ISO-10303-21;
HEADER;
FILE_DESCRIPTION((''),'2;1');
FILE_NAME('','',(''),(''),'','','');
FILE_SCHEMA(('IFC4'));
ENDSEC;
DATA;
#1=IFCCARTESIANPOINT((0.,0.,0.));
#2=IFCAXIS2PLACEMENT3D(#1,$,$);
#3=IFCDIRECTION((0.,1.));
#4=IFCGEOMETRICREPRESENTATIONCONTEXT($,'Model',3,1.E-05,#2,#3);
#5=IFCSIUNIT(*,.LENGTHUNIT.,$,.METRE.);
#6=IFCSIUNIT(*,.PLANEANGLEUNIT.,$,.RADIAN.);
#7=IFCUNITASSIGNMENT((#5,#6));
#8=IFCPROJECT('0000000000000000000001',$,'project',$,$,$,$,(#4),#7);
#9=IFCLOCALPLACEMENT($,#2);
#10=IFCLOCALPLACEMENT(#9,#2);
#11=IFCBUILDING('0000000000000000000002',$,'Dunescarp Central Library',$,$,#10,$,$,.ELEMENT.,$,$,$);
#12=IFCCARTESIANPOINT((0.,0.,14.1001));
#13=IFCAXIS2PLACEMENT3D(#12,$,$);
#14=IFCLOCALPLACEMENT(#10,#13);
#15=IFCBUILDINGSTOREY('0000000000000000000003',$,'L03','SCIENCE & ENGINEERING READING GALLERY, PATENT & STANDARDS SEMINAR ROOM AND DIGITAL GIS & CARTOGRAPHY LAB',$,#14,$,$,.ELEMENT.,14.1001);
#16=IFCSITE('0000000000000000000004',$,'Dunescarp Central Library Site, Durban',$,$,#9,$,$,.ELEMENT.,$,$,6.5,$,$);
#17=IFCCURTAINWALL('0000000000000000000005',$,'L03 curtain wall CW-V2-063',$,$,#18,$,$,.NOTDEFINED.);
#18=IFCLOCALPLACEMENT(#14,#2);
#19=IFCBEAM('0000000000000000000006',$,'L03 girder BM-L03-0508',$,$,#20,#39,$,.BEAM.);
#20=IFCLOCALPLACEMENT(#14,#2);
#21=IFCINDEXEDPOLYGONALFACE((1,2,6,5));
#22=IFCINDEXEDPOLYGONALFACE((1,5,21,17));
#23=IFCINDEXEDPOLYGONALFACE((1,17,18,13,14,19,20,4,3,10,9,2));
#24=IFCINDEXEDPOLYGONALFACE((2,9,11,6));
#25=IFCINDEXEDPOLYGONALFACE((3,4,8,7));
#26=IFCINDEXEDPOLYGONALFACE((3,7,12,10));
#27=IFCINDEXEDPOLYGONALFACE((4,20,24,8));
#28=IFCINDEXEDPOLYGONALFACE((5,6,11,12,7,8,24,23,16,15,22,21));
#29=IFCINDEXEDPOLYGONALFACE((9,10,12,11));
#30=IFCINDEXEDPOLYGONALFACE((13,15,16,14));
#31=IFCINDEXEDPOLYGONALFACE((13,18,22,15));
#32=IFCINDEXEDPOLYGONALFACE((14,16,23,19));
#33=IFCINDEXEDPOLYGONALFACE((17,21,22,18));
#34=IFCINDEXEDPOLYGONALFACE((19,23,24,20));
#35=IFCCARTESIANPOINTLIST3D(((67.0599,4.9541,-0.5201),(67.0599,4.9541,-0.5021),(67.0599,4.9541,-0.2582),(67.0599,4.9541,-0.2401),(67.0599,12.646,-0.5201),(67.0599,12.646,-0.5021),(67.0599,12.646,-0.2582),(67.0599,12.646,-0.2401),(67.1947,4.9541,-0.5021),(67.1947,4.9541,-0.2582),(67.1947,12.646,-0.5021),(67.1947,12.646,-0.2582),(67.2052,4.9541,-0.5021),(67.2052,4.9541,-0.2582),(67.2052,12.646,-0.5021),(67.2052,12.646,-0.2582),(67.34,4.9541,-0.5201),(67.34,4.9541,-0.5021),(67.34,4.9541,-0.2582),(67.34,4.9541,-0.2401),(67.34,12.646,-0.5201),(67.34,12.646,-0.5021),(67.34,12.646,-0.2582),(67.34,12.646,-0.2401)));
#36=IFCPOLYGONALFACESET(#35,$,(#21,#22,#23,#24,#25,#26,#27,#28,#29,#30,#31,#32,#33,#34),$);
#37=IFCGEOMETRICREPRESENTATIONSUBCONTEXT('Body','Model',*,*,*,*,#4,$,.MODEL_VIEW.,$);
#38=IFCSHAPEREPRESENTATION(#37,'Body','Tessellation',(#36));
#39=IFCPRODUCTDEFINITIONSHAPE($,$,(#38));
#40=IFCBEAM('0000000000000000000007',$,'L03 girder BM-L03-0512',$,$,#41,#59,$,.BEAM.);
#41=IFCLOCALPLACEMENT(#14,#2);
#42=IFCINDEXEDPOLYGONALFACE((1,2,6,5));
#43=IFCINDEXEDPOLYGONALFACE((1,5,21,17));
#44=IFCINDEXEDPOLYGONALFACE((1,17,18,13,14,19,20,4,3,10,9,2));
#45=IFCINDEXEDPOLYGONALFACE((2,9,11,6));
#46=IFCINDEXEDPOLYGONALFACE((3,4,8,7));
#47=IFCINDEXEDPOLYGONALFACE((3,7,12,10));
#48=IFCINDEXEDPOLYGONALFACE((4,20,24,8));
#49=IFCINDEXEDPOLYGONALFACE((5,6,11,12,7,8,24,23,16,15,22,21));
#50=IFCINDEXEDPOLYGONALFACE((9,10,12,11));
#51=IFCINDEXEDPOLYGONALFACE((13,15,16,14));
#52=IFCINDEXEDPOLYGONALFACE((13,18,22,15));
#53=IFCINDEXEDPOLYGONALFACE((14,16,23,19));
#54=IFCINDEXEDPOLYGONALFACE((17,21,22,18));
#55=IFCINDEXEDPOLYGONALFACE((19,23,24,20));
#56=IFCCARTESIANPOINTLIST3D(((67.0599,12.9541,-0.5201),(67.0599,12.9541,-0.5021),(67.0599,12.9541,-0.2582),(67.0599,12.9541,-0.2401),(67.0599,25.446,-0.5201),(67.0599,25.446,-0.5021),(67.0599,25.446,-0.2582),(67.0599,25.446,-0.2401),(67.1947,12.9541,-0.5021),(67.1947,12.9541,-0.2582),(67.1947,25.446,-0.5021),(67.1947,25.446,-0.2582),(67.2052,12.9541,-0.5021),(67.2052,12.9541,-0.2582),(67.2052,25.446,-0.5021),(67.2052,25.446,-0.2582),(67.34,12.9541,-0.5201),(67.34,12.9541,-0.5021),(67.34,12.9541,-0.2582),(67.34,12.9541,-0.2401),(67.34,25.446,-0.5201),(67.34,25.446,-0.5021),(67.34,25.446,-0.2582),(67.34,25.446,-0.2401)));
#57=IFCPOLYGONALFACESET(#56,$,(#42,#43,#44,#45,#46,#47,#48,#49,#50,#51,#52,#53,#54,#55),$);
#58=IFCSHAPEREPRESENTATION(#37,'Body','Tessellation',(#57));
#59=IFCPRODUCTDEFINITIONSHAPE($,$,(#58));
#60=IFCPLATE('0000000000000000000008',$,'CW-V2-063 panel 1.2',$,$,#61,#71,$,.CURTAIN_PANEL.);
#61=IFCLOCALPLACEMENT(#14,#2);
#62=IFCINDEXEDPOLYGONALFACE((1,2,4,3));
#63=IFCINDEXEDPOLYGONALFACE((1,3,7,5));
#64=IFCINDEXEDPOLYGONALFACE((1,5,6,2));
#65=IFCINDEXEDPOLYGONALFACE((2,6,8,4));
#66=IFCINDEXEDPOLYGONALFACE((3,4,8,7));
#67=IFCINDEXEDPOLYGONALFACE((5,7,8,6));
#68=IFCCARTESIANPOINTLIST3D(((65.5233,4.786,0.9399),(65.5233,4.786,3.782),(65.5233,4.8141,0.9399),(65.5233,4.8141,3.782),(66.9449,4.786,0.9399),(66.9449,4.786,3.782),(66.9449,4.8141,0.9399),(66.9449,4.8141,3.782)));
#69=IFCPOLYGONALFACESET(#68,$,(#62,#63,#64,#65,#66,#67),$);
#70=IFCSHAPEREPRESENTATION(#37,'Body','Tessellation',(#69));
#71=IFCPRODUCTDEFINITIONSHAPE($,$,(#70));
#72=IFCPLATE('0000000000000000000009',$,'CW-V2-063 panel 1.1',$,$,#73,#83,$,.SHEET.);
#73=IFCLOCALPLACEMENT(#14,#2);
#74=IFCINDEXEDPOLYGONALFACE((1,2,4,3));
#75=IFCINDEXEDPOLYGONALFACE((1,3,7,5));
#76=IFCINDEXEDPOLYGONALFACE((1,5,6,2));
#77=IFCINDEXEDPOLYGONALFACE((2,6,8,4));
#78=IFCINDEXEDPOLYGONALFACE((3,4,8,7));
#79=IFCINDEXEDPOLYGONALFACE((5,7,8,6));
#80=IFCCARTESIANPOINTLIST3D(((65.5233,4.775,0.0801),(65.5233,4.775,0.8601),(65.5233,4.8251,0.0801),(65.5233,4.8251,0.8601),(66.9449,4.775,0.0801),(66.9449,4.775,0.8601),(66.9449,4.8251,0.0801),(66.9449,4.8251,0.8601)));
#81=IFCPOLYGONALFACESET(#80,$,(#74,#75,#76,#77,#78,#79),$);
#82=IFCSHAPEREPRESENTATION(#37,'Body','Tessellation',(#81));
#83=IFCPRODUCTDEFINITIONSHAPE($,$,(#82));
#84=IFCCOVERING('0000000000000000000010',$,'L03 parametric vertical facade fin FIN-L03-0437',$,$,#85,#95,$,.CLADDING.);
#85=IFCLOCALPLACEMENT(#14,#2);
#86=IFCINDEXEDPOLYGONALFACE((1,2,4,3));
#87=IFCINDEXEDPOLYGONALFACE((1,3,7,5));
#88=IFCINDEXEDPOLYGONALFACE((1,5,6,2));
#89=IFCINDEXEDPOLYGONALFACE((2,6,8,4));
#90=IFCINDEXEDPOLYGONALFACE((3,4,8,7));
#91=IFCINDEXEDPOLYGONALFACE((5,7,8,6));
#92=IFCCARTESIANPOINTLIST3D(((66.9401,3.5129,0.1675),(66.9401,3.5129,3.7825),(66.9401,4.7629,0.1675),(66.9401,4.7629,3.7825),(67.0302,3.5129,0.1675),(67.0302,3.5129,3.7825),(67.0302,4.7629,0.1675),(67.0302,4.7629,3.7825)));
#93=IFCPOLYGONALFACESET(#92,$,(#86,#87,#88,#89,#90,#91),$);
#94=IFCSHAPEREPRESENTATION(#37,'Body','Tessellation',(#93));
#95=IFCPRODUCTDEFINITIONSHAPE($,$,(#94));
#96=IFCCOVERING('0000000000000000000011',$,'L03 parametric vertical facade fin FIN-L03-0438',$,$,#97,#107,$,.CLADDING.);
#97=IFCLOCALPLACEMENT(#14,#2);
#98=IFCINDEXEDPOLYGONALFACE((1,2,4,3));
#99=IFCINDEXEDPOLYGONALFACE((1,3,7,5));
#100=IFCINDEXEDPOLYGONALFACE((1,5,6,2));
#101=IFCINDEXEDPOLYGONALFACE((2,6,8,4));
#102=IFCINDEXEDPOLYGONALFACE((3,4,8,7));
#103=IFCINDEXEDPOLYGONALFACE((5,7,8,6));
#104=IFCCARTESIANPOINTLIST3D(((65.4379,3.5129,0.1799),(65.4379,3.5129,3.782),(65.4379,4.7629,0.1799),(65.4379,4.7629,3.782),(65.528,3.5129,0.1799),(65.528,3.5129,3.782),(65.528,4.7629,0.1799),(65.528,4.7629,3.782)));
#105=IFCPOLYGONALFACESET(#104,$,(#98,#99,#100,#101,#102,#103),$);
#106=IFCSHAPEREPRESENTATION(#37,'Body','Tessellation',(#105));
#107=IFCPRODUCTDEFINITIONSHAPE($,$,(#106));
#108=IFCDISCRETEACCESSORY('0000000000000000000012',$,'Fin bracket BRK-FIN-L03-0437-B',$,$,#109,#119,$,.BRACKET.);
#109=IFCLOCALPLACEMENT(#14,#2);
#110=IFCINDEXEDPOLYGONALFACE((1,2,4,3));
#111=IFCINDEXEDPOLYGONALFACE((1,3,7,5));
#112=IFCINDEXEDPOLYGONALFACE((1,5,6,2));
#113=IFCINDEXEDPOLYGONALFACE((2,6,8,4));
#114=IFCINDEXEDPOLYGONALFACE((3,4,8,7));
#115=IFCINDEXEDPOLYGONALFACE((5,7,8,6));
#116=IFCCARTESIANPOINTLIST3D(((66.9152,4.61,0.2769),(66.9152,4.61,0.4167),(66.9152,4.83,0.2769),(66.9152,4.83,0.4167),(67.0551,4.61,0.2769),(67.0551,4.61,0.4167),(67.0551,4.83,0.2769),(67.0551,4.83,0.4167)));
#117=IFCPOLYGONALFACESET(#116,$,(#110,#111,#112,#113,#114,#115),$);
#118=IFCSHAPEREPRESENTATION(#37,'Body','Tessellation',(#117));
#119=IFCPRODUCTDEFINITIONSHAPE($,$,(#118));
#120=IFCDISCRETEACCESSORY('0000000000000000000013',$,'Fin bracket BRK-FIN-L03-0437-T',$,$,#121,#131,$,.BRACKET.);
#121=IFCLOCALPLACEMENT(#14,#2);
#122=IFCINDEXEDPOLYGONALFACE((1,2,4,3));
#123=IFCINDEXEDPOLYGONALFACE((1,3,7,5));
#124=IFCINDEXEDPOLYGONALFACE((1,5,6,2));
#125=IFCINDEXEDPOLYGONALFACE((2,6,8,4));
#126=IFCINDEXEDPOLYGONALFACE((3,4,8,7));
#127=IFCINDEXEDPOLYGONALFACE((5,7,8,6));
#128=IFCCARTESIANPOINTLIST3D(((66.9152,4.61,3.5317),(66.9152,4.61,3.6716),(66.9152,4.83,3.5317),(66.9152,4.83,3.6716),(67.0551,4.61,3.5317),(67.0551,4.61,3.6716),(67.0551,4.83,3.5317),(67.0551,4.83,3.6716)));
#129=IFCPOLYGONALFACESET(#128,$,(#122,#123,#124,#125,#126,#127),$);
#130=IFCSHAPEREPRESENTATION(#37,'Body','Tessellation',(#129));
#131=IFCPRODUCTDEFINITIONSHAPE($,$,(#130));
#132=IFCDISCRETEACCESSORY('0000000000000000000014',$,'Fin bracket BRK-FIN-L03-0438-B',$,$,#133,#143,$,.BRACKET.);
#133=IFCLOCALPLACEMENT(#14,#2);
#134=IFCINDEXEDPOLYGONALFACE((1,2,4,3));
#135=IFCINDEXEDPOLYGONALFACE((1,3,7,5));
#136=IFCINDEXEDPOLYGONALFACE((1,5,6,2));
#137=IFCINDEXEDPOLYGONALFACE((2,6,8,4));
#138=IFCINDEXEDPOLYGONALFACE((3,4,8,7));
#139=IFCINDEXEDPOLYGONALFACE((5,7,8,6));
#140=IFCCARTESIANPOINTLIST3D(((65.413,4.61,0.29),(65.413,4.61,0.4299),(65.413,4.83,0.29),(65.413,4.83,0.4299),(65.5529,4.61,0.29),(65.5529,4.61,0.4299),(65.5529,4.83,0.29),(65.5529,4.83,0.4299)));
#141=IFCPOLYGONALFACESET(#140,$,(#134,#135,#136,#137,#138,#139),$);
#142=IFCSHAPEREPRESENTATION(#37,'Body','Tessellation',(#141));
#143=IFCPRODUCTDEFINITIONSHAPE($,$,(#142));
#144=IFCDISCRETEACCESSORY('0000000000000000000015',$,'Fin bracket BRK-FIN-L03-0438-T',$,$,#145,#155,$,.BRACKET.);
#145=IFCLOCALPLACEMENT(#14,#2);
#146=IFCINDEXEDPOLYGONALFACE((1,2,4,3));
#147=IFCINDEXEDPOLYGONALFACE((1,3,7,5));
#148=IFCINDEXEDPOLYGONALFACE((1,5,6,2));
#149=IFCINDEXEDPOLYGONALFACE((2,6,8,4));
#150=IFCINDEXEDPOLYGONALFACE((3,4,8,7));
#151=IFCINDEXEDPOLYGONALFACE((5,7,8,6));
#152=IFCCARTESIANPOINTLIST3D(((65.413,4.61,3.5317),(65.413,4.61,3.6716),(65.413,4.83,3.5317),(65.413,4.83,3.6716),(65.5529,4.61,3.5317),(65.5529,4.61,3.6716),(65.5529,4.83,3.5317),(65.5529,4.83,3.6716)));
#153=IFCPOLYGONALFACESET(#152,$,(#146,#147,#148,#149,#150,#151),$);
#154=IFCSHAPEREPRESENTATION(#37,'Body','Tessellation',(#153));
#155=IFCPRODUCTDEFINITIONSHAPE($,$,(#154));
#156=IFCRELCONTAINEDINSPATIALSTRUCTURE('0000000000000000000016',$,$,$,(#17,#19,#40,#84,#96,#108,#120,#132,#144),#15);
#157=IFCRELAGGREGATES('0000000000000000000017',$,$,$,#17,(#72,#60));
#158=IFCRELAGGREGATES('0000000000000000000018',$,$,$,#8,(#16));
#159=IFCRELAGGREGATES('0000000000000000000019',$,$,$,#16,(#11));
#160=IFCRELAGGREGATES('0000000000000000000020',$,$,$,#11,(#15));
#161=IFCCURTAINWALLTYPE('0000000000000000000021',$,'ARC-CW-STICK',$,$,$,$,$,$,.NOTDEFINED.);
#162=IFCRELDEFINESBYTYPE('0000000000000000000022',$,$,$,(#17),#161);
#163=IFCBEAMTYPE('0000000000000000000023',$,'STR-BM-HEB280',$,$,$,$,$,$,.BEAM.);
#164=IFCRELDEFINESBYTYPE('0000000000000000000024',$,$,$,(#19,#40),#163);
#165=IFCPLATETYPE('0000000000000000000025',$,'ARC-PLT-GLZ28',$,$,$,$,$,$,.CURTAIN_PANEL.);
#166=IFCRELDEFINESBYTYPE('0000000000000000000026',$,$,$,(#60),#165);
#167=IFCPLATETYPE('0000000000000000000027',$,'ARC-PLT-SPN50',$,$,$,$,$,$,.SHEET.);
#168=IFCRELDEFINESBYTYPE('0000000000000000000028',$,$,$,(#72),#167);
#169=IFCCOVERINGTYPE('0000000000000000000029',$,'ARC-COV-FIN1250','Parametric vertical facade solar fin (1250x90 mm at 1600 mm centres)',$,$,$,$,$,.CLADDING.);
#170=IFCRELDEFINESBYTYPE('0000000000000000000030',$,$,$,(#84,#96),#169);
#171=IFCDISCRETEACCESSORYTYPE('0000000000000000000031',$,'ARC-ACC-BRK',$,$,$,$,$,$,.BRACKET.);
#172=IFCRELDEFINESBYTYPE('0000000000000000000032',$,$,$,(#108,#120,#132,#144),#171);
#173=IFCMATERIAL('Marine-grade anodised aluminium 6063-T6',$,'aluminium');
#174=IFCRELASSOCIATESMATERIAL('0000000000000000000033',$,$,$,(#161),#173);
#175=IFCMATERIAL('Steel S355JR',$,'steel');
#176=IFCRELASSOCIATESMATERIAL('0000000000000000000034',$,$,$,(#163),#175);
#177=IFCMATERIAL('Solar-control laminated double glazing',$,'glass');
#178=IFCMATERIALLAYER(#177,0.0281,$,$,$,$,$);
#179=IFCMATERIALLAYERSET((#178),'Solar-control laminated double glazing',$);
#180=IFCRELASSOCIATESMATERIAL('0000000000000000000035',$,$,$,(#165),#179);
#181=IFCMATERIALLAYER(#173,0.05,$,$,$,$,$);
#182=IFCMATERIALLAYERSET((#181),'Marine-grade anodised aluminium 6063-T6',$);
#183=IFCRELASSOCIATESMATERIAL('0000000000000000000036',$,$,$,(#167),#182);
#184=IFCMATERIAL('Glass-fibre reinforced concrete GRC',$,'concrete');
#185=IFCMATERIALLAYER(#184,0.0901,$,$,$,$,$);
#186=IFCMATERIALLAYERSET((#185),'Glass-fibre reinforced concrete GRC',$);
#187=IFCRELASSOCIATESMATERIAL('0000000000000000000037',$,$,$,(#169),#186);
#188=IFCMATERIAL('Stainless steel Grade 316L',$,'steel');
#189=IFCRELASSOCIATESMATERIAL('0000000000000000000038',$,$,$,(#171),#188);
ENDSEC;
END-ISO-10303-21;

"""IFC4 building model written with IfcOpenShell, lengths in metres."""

from ifc_helpers import new_model, si_unit, direction, frame, origin, origin_2d, place, context, subcontext, project, spatial, rectangle, i_section, extrude, material, layer, layer_set, material_profile, profile_set, type_object, element, aggregate, save


model = new_model("IFC4")

# Units and contexts
model_context = context("Model", 3, precision=1e-05, world=origin(), true_north=direction((0.0, 1.0)))
body_context = subcontext(model_context, "Body", "Model", "MODEL_VIEW")
ifc_project = project(units=[si_unit("LENGTHUNIT", "METRE"), si_unit("PLANEANGLEUNIT", "RADIAN")], contexts=[model_context])

# Site, building, storey
site_placement = place(None, origin())
site = spatial("IfcSite", under=ifc_project, at=site_placement, Name="Dunescarp Central Library Site, Durban", CompositionType="ELEMENT", RefElevation=6.5)
building_placement = place(site_placement, origin())
building = spatial("IfcBuilding", under=site, at=building_placement, Name="Dunescarp Central Library", CompositionType="ELEMENT")
storey_placement = place(building_placement, frame((0.0, 0.0, 14.1001)))
storey = spatial("IfcBuildingStorey", under=building, at=storey_placement, Name="L03", Description="SCIENCE & ENGINEERING READING GALLERY, PATENT & STANDARDS SEMINAR ROOM AND DIGITAL GIS & CARTOGRAPHY LAB", CompositionType="ELEMENT", Elevation=14.1001)

# Shared definitions
ifc_material_1 = material(Name="Steel S355JR", Category="steel")

# Curtain wall
ifc_material_2 = material(Name="Marine-grade anodised aluminium 6063-T6", Category="aluminium")
curtain_wall_type = type_object("IfcCurtainWallType", Name="ARC-CW-STICK", PredefinedType="NOTDEFINED", material=ifc_material_2)
curtain_wall_placement = place(storey_placement, origin())
curtain_wall = element("IfcCurtainWall", 1, at=curtain_wall_placement, inside=storey, type_object=curtain_wall_type, Name="L03 curtain wall CW-V2-063", PredefinedType="NOTDEFINED")

# Beams
ifc_material_profile_1 = material_profile(ifc_material_1, i_section(OverallWidth=0.28, OverallDepth=0.28, WebThickness=0.0105, FlangeThickness=0.0181, at=origin_2d()), Name="HEB 280")
ifc_profile_set_1 = profile_set([ifc_material_profile_1], Name="Steel S355JR")
beam_type_1 = type_object("IfcBeamType", Name="STR-BM-HEB280", PredefinedType="BEAM", material=ifc_profile_set_1)
beam_1_placement = place(storey_placement, frame((67.2, 4.9541, -0.3801), z_axis=(0.0, 1.0, 0.0), x_axis=(-1.0, 0.0, 0.0)))
element("IfcBeam", 2, at=beam_1_placement, inside=storey, type_object=beam_type_1, Name="L03 girder BM-L03-0508", PredefinedType="BEAM", context=body_context, shape_type="SweptSolid", body=[
    extrude(i_section(OverallWidth=0.28, OverallDepth=0.28, WebThickness=0.0105, FlangeThickness=0.0181, at=origin_2d()), origin(), (0.0, 0.0, 1.0), 7.6919),
])
beam_2_placement = place(storey_placement, frame((67.2, 12.9541, -0.3801), z_axis=(0.0, 1.0, 0.0), x_axis=(-1.0, 0.0, 0.0)))
element("IfcBeam", 3, at=beam_2_placement, inside=storey, type_object=beam_type_1, Name="L03 girder BM-L03-0512", PredefinedType="BEAM", context=body_context, shape_type="SweptSolid", body=[
    extrude(i_section(OverallWidth=0.28, OverallDepth=0.28, WebThickness=0.0105, FlangeThickness=0.0181, at=origin_2d()), origin(), (0.0, 0.0, 1.0), 12.4919),
])

# Plates
ifc_material_3 = material(Name="Solar-control laminated double glazing", Category="glass")
ifc_layer_1 = layer(ifc_material_3, 0.0281)
ifc_layer_set_1 = layer_set([ifc_layer_1], Name="Solar-control laminated double glazing")
plate_type_1 = type_object("IfcPlateType", Name="ARC-PLT-GLZ28", PredefinedType="CURTAIN_PANEL", material=ifc_layer_set_1)
plate_1_placement = place(storey_placement, frame((66.2341, 4.8, 0.9399), z_axis=(0.0, 0.0, 1.0), x_axis=(-1.0, 0.0, 0.0)))
plate_1 = element("IfcPlate", 4, at=plate_1_placement, type_object=plate_type_1, Name="CW-V2-063 panel 1.2", PredefinedType="CURTAIN_PANEL", context=body_context, shape_type="SweptSolid", body=[
    extrude(rectangle(XDim=1.4216, YDim=0.0281, at=origin_2d()), origin(), (0.0, 0.0, 1.0), 2.842),
])
ifc_layer_2 = layer(ifc_material_2, 0.05)
ifc_layer_set_2 = layer_set([ifc_layer_2], Name="Marine-grade anodised aluminium 6063-T6")
plate_type_2 = type_object("IfcPlateType", Name="ARC-PLT-SPN50", PredefinedType="SHEET", material=ifc_layer_set_2)
plate_2_placement = place(storey_placement, frame((66.2341, 4.8, 0.0801), z_axis=(0.0, 0.0, 1.0), x_axis=(-1.0, 0.0, 0.0)))
plate_2 = element("IfcPlate", 5, at=plate_2_placement, type_object=plate_type_2, Name="CW-V2-063 panel 1.1", PredefinedType="SHEET", context=body_context, shape_type="SweptSolid", body=[
    extrude(rectangle(XDim=1.4216, YDim=0.05, at=origin_2d()), origin(), (0.0, 0.0, 1.0), 0.78),
])
aggregate(curtain_wall, [plate_2, plate_1])

# Coverings
ifc_material_4 = material(Name="Glass-fibre reinforced concrete GRC", Category="concrete")
ifc_layer_3 = layer(ifc_material_4, 0.0901)
ifc_layer_set_3 = layer_set([ifc_layer_3], Name="Glass-fibre reinforced concrete GRC")
covering_type = type_object("IfcCoveringType", Name="ARC-COV-FIN1250", Description="Parametric vertical facade solar fin (1250x90 mm at 1600 mm centres)", PredefinedType="CLADDING", material=ifc_layer_set_3)
covering_1_placement = place(storey_placement, frame((66.9851, 4.1379, 0.1675), z_axis=(0.0, 0.0, 1.0), x_axis=(0.0, -1.0, 0.0)))
element("IfcCovering", 6, at=covering_1_placement, inside=storey, type_object=covering_type, Name="L03 parametric vertical facade fin FIN-L03-0437", PredefinedType="CLADDING", context=body_context, shape_type="SweptSolid", body=[
    extrude(rectangle(XDim=1.25, YDim=0.0901, at=origin_2d()), origin(), (0.0, 0.0, 1.0), 3.615),
])
covering_2_placement = place(storey_placement, frame((65.4829, 4.1379, 0.1799), z_axis=(0.0, 0.0, 1.0), x_axis=(0.0, -1.0, 0.0)))
element("IfcCovering", 7, at=covering_2_placement, inside=storey, type_object=covering_type, Name="L03 parametric vertical facade fin FIN-L03-0438", PredefinedType="CLADDING", context=body_context, shape_type="SweptSolid", body=[
    extrude(rectangle(XDim=1.25, YDim=0.0901, at=origin_2d()), origin(), (0.0, 0.0, 1.0), 3.6021),
])

# Discrete accessories
ifc_material_5 = material(Name="Stainless steel Grade 316L", Category="steel")
discrete_accessory_type = type_object("IfcDiscreteAccessoryType", Name="ARC-ACC-BRK", PredefinedType="BRACKET", material=ifc_material_5)
for number, where, z_axis, x_axis, name in (
    (8, (66.9851, 4.72, 0.2769), (0.0, 0.0, 1.0), (0.0, -1.0, 0.0), "Fin bracket BRK-FIN-L03-0437-B"),
    (9, (66.9851, 4.72, 3.5317), (0.0, 0.0, 1.0), (0.0, -1.0, 0.0), "Fin bracket BRK-FIN-L03-0437-T"),
    (10, (65.4829, 4.72, 0.29), (0.0, 0.0, 1.0), (0.0, -1.0, 0.0), "Fin bracket BRK-FIN-L03-0438-B"),
    (11, (65.4829, 4.72, 3.5317), (0.0, 0.0, 1.0), (0.0, -1.0, 0.0), "Fin bracket BRK-FIN-L03-0438-T"),
):
    element("IfcDiscreteAccessory", number, at=place(storey_placement, frame(where, z_axis=z_axis, x_axis=x_axis)), inside=storey, type_object=discrete_accessory_type, Name=name, PredefinedType="BRACKET", context=body_context, shape_type="SweptSolid", body=[
        extrude(rectangle(XDim=0.22, YDim=0.1399, at=origin_2d()), origin(), (0.0, 0.0, 1.0), 0.1399),
    ])

save(model, "model.ifc")
